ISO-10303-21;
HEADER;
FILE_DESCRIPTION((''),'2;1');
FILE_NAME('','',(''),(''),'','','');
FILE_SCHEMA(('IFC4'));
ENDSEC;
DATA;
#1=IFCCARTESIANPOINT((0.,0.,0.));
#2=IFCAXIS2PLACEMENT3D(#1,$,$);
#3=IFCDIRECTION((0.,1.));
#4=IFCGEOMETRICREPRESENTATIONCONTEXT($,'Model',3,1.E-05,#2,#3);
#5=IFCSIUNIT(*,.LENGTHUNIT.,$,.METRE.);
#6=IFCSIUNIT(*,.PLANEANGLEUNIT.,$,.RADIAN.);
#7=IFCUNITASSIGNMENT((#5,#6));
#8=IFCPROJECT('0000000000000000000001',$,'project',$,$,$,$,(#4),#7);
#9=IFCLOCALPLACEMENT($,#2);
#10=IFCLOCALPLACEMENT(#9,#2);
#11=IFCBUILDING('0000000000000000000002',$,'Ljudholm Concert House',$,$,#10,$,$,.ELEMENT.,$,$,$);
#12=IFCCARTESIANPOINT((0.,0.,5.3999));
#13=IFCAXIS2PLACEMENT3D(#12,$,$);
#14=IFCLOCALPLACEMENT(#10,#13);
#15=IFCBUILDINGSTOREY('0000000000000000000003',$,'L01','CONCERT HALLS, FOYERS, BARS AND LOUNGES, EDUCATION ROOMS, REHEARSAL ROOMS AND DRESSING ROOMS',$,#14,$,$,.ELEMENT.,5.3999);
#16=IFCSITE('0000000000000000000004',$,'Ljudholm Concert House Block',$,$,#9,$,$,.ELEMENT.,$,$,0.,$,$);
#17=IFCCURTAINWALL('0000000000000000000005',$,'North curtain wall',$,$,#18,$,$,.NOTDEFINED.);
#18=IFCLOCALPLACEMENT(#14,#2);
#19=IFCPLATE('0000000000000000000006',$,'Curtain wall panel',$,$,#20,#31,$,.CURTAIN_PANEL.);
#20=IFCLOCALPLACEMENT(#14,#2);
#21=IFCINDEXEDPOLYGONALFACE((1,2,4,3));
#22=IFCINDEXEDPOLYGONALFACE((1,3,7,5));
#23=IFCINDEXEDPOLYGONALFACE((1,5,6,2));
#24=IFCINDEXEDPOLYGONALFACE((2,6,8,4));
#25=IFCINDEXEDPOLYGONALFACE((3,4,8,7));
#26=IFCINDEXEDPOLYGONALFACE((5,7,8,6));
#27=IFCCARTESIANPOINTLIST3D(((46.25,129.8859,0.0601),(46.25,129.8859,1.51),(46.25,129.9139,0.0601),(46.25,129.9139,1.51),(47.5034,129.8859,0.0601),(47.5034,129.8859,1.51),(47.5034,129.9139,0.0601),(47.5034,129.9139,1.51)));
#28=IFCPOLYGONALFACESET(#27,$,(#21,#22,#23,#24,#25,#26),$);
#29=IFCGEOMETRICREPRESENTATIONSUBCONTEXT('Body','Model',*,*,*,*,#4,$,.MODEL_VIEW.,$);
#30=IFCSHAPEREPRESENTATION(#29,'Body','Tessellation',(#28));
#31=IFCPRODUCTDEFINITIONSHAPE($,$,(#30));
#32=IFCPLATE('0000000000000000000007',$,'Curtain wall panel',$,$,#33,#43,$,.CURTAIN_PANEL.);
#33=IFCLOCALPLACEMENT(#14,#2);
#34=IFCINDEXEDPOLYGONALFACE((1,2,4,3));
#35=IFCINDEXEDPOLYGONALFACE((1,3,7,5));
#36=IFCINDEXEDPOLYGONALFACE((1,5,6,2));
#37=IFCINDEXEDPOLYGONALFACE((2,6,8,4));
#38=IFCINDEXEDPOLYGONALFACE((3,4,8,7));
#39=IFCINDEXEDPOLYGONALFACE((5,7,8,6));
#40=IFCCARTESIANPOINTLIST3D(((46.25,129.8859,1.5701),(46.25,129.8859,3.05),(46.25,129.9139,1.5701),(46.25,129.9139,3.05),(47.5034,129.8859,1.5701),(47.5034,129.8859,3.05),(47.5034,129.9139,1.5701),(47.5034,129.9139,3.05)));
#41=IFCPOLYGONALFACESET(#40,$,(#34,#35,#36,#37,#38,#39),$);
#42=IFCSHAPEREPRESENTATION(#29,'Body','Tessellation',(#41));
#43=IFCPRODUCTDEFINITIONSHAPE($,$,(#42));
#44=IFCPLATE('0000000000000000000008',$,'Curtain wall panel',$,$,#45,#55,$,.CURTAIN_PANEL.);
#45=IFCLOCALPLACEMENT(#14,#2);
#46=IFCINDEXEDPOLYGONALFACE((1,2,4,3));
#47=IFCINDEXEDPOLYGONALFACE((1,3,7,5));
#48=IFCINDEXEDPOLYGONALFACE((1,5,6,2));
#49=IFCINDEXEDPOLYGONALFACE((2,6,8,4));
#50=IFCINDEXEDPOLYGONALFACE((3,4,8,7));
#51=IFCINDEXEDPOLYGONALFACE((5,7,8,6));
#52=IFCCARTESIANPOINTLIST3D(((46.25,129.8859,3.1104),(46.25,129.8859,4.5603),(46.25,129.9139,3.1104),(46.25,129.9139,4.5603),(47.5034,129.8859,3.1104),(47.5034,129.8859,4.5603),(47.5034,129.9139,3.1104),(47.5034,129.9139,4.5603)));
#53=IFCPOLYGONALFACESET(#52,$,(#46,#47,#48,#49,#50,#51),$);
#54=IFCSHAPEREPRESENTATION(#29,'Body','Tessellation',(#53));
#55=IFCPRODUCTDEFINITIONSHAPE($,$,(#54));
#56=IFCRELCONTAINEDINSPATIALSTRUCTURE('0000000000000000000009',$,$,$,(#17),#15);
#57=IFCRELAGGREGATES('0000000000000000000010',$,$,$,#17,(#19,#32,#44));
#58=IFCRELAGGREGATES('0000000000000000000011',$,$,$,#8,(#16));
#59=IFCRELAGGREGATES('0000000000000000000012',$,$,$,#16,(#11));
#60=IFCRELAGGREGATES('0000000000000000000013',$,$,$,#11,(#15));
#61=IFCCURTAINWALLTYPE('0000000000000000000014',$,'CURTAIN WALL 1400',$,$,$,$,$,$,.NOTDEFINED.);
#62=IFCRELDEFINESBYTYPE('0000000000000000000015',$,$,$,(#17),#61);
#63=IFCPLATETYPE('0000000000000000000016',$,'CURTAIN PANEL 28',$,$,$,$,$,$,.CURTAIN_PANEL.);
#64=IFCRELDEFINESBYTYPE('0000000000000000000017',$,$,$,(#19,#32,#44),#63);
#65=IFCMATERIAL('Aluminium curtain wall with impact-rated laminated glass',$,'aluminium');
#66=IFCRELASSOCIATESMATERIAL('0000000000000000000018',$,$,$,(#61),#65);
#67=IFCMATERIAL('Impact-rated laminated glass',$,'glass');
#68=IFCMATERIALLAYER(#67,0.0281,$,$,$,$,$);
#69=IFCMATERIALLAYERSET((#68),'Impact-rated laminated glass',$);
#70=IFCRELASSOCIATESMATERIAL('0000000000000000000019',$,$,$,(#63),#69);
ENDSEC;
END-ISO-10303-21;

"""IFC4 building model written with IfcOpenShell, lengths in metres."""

from ifc_helpers import new_model, si_unit, direction, frame, origin, origin_2d, place, context, subcontext, project, spatial, rectangle, extrude, material, layer, layer_set, type_object, element, aggregate, save


model = new_model("IFC4")

# Units and contexts
model_context = context("Model", 3, precision=1e-05, world=origin(), true_north=direction((0.0, 1.0)))
body_context = subcontext(model_context, "Body", "Model", "MODEL_VIEW")
ifc_project = project(units=[si_unit("LENGTHUNIT", "METRE"), si_unit("PLANEANGLEUNIT", "RADIAN")], contexts=[model_context])

# Site, building, storey
site_placement = place(None, origin())
site = spatial("IfcSite", under=ifc_project, at=site_placement, Name="Ljudholm Concert House Block", CompositionType="ELEMENT", RefElevation=0.0)
building_placement = place(site_placement, origin())
building = spatial("IfcBuilding", under=site, at=building_placement, Name="Ljudholm Concert House", CompositionType="ELEMENT")
storey_placement = place(building_placement, frame((0.0, 0.0, 5.3999)))
storey = spatial("IfcBuildingStorey", under=building, at=storey_placement, Name="L01", Description="CONCERT HALLS, FOYERS, BARS AND LOUNGES, EDUCATION ROOMS, REHEARSAL ROOMS AND DRESSING ROOMS", CompositionType="ELEMENT", Elevation=5.3999)

# Curtain wall
ifc_material_1 = material(Name="Aluminium curtain wall with impact-rated laminated glass", Category="aluminium")
curtain_wall_type = type_object("IfcCurtainWallType", Name="CURTAIN WALL 1400", PredefinedType="NOTDEFINED", material=ifc_material_1)
curtain_wall_1_placement = place(storey_placement, origin())
curtain_wall_1 = element("IfcCurtainWall", 1, at=curtain_wall_1_placement, inside=storey, type_object=curtain_wall_type, Name="North curtain wall", PredefinedType="NOTDEFINED")

# Plates
ifc_material_2 = material(Name="Impact-rated laminated glass", Category="glass")
ifc_layer = layer(ifc_material_2, 0.0281)
ifc_layer_set = layer_set([ifc_layer], Name="Impact-rated laminated glass")
plate_type = type_object("IfcPlateType", Name="CURTAIN PANEL 28", PredefinedType="CURTAIN_PANEL", material=ifc_layer_set)
plate_1_placement = place(storey_placement, frame((46.8767, 129.8999, 0.0601), z_axis=(0.0, 0.0, 1.0), x_axis=(1.0, 0.0, 0.0)))
plate_1 = element("IfcPlate", 2, at=plate_1_placement, type_object=plate_type, Name="Curtain wall panel", PredefinedType="CURTAIN_PANEL", context=body_context, shape_type="SweptSolid", body=[
    extrude(rectangle(XDim=1.2534, YDim=0.0281, at=origin_2d()), origin(), (0.0, 0.0, 1.0), 1.45),
])
plate_2_placement = place(storey_placement, frame((46.8767, 129.8999, 1.5701), z_axis=(0.0, 0.0, 1.0), x_axis=(1.0, 0.0, 0.0)))
plate_2 = element("IfcPlate", 3, at=plate_2_placement, type_object=plate_type, Name="Curtain wall panel", PredefinedType="CURTAIN_PANEL", context=body_context, shape_type="SweptSolid", body=[
    extrude(rectangle(XDim=1.2534, YDim=0.0281, at=origin_2d()), origin(), (0.0, 0.0, 1.0), 1.48),
])
plate_3_placement = place(storey_placement, frame((46.8767, 129.8999, 3.1104), z_axis=(0.0, 0.0, 1.0), x_axis=(1.0, 0.0, 0.0)))
plate_3 = element("IfcPlate", 4, at=plate_3_placement, type_object=plate_type, Name="Curtain wall panel", PredefinedType="CURTAIN_PANEL", context=body_context, shape_type="SweptSolid", body=[
    extrude(rectangle(XDim=1.2534, YDim=0.0281, at=origin_2d()), origin(), (0.0, 0.0, 1.0), 1.45),
])
aggregate(curtain_wall_1, [plate_1, plate_2, plate_3])

save(model, "model.ifc")
